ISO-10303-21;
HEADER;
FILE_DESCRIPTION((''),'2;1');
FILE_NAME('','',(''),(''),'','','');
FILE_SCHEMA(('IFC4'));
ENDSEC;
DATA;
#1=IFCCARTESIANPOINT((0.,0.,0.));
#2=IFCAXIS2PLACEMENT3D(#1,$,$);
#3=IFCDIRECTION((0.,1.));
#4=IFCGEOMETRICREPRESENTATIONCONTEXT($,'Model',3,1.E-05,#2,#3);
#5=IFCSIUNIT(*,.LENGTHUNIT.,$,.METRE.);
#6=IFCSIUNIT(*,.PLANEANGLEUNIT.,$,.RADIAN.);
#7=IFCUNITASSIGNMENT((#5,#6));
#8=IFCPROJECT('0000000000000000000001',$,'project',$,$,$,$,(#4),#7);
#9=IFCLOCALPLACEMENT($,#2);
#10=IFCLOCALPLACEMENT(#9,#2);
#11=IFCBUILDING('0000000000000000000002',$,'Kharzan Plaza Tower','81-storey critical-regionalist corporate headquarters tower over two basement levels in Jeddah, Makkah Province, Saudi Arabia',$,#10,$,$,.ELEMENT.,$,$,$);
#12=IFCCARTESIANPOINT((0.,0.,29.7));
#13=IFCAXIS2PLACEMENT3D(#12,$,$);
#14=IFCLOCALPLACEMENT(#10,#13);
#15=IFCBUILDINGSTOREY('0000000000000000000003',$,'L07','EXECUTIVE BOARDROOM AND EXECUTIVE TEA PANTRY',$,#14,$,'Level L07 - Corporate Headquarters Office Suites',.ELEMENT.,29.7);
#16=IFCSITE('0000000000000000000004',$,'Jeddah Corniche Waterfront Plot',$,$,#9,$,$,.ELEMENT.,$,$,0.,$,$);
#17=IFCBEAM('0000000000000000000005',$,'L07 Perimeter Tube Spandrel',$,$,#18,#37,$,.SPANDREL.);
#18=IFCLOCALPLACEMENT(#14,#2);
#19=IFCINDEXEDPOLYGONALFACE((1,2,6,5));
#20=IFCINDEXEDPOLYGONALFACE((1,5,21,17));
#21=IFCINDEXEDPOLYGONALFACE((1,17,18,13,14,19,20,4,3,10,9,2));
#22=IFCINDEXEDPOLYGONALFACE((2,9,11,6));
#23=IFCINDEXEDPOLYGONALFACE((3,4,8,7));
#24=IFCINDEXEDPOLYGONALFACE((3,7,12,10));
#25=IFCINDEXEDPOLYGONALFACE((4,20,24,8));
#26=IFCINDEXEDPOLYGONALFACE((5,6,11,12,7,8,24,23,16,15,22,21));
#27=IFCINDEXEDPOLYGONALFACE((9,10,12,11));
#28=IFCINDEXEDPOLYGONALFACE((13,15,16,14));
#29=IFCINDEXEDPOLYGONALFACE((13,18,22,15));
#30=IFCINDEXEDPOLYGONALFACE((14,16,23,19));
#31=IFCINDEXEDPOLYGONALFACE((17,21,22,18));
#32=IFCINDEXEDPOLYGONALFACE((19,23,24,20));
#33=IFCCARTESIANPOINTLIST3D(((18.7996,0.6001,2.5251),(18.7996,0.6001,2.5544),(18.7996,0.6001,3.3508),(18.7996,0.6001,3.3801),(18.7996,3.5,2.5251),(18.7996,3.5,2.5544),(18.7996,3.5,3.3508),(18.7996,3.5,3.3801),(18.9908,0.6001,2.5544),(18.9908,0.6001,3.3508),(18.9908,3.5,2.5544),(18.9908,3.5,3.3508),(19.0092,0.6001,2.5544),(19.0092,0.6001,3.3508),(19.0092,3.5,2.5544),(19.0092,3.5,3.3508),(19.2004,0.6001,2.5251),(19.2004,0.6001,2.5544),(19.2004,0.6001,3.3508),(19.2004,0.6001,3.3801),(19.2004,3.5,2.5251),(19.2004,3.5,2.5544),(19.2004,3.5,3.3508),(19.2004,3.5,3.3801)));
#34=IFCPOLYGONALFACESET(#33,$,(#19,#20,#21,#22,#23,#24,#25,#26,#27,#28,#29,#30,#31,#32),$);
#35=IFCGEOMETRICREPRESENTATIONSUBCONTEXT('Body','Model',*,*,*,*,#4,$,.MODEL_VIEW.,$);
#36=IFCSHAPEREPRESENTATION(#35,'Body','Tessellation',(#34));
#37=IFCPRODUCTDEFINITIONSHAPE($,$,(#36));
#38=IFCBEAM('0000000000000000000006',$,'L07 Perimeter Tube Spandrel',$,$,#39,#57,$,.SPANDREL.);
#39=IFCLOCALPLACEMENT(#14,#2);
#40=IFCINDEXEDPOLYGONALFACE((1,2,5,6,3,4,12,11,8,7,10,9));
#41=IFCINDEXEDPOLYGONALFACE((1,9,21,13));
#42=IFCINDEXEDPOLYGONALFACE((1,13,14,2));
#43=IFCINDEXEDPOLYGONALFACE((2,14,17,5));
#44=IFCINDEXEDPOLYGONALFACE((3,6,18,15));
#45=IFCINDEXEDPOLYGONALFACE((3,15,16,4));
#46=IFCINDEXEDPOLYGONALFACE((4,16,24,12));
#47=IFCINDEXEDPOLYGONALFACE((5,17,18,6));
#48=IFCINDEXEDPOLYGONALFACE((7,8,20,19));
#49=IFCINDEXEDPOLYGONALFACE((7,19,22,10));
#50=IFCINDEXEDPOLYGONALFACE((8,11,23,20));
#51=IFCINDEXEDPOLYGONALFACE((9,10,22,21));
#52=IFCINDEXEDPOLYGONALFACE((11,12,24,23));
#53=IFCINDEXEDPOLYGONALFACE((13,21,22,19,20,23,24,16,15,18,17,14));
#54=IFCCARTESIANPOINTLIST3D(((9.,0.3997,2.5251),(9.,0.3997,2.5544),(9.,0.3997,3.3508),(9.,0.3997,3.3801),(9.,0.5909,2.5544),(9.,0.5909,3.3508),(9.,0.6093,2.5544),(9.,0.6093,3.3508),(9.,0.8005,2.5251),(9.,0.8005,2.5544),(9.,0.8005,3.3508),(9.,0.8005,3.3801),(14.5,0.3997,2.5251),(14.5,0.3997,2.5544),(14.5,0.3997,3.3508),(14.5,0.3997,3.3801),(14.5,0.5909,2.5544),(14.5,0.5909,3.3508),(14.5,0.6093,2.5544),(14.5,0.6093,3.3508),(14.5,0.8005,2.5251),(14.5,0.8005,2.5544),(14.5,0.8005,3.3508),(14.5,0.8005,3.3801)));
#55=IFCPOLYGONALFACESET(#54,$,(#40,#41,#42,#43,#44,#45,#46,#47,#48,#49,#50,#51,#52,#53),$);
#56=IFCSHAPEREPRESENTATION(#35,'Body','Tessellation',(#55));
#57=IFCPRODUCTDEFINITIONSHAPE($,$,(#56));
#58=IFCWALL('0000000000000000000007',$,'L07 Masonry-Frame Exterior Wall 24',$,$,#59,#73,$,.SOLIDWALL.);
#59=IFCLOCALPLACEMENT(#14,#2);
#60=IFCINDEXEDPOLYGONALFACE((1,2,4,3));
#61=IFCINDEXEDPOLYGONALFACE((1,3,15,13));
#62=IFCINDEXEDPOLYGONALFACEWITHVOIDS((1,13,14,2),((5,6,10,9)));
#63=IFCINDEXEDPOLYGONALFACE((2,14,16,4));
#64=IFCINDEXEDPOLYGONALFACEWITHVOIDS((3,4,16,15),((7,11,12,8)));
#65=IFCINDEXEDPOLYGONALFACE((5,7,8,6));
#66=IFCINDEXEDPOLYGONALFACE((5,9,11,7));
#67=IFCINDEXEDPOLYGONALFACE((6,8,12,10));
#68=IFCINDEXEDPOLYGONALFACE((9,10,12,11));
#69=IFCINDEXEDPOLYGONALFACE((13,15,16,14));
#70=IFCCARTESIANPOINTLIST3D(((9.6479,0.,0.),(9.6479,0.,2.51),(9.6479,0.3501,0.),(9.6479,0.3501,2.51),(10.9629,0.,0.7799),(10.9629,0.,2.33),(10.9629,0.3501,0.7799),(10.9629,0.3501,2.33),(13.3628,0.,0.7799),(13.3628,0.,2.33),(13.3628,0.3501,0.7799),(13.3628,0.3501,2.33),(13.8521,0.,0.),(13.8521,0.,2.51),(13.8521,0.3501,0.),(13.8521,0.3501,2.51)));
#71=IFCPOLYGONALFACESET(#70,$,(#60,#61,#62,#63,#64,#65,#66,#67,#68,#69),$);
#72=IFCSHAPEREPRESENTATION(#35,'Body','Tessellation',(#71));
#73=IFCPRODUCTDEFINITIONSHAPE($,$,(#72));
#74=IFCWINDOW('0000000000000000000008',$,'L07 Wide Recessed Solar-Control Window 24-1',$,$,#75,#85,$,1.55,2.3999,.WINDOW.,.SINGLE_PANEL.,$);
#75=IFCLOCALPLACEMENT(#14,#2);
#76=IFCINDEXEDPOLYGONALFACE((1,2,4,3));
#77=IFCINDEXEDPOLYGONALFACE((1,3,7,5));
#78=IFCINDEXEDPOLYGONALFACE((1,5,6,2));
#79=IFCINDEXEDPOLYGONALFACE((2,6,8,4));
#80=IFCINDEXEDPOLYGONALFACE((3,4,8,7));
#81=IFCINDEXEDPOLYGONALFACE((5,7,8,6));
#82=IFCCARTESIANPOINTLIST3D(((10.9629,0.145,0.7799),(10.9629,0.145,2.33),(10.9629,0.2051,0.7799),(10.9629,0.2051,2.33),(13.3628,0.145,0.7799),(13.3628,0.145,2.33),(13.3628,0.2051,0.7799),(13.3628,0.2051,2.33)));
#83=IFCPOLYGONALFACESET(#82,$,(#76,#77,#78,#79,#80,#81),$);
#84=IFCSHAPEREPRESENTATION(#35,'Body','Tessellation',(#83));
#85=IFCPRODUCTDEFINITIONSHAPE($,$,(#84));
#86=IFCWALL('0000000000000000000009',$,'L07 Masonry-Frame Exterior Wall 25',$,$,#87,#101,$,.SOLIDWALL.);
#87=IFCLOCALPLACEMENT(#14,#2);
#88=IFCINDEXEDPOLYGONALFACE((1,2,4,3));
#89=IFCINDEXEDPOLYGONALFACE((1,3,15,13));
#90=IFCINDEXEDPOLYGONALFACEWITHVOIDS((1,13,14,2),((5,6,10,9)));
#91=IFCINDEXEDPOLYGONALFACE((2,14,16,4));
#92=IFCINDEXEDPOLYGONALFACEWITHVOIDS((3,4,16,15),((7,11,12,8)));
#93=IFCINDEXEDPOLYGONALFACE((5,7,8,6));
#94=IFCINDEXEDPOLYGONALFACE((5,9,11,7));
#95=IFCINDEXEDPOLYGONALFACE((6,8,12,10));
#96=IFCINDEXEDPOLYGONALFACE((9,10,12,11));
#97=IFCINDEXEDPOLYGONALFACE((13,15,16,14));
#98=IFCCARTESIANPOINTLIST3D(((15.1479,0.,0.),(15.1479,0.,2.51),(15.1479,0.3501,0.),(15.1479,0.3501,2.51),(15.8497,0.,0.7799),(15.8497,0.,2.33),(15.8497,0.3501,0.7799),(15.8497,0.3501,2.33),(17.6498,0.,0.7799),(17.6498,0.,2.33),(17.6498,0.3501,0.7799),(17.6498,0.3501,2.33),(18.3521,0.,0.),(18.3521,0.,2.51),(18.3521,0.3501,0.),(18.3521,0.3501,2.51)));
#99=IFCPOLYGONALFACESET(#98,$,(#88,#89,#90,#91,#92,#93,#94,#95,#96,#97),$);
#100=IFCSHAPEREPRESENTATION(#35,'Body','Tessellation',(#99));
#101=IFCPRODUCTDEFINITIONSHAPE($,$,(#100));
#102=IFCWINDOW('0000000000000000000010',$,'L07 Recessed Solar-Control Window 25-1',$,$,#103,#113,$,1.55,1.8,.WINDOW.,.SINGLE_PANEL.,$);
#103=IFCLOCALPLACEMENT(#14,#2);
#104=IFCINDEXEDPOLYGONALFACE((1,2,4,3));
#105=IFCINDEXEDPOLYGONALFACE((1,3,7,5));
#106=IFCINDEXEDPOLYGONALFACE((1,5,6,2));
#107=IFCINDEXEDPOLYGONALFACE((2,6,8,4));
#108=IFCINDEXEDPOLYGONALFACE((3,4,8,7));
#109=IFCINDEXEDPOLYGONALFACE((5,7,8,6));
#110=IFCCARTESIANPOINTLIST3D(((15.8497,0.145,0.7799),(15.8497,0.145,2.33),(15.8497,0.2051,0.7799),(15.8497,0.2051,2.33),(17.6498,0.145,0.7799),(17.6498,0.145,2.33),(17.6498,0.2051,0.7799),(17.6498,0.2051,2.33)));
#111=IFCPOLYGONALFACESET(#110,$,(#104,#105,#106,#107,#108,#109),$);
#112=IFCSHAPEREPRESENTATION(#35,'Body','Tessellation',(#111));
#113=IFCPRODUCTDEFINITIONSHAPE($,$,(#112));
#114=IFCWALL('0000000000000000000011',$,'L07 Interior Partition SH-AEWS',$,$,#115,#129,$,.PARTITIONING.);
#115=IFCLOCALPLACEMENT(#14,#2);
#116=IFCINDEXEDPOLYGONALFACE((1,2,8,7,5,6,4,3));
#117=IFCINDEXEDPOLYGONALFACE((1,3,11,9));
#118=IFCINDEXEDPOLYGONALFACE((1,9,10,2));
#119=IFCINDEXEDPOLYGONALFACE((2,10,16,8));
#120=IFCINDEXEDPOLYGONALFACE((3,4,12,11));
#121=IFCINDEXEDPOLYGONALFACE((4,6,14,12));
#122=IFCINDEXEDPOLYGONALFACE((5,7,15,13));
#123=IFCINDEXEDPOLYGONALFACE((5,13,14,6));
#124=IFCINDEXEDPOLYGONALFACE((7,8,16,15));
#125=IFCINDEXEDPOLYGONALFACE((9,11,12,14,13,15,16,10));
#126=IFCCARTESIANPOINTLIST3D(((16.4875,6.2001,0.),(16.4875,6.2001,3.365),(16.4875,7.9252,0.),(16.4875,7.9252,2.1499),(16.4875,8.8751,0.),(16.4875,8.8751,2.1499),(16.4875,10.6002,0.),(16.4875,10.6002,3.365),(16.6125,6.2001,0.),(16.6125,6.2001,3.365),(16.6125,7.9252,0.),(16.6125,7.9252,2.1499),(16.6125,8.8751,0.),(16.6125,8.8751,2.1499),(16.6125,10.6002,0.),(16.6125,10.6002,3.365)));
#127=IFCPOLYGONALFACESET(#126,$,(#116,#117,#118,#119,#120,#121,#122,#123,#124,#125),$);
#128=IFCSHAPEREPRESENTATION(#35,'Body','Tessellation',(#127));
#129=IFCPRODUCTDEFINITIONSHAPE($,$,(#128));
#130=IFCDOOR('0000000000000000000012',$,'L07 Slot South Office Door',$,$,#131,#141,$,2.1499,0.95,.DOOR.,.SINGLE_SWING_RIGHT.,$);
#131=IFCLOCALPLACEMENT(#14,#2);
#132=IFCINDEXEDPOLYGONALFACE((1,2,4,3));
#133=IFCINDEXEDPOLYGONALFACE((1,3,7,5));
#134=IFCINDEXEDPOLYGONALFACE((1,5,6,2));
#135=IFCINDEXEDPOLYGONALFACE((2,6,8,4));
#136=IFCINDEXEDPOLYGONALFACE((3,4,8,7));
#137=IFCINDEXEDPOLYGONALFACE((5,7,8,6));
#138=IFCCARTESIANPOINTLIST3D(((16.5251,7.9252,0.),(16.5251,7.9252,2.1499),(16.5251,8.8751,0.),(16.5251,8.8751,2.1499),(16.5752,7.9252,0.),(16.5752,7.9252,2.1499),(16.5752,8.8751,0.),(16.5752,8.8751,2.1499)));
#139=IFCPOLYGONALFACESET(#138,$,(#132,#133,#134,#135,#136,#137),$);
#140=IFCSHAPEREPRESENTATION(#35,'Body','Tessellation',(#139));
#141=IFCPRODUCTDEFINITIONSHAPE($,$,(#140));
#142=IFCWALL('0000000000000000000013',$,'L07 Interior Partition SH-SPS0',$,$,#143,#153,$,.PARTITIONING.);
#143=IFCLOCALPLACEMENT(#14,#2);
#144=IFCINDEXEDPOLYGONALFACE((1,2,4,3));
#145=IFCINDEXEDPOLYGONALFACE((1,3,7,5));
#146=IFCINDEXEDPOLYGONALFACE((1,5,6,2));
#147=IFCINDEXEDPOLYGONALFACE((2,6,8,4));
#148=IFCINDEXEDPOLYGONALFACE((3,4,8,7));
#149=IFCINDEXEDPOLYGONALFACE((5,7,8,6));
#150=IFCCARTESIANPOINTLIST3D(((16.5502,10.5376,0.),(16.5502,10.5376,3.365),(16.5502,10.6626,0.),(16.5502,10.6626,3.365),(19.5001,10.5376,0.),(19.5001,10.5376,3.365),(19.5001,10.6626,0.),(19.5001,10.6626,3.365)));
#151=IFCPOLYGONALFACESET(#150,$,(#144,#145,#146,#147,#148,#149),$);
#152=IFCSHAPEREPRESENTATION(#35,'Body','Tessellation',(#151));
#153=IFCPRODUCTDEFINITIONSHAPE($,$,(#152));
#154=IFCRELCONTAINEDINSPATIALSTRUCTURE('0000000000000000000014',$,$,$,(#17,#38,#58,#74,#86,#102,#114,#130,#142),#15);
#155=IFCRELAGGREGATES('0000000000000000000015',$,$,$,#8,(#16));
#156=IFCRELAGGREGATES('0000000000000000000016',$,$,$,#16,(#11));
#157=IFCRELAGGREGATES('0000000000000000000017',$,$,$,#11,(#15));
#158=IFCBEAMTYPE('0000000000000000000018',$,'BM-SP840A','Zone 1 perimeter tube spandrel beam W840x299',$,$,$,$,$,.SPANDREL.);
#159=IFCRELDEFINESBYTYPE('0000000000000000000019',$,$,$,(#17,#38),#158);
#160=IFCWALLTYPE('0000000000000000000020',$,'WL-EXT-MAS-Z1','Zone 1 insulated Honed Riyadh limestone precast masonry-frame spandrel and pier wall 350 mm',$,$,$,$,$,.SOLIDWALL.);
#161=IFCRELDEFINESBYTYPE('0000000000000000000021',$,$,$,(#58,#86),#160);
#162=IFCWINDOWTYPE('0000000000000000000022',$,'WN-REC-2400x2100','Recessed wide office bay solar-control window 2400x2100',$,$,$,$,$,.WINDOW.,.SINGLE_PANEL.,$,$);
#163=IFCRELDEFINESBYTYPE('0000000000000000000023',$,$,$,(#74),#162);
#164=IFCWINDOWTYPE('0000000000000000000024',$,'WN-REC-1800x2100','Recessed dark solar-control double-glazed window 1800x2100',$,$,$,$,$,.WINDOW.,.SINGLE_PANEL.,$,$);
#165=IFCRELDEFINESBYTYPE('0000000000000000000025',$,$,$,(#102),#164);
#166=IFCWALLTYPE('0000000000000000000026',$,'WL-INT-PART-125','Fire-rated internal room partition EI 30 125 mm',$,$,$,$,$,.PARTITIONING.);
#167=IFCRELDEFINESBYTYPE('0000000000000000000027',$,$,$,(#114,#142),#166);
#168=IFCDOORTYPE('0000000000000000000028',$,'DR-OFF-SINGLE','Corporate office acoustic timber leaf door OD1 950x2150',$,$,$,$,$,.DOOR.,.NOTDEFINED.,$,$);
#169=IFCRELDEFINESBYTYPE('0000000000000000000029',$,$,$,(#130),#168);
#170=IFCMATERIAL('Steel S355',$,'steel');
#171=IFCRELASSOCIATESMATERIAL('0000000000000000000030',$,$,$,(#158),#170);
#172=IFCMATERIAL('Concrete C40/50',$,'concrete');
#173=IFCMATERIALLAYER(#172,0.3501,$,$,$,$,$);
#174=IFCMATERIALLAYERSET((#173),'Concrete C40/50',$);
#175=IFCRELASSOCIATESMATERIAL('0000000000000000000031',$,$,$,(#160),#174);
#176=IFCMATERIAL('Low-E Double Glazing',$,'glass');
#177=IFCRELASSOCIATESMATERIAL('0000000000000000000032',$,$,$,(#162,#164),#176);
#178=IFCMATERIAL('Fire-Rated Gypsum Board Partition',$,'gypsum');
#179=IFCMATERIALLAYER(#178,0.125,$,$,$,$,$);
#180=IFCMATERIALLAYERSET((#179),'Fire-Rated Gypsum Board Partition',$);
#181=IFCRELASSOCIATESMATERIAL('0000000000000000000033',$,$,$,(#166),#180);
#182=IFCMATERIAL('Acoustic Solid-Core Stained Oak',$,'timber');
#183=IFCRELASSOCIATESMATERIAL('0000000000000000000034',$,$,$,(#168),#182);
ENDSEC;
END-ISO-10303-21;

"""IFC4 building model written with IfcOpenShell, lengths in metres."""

from ifc_helpers import new_model, si_unit, direction, frame, frame_2d, origin, origin_2d, place, context, subcontext, project, spatial, rectangle, i_section, extrude, source, transform, mapped, material, layer, layer_set, material_profile, profile_set, type_object, element, fill, save


model = new_model("IFC4")

# Units and contexts
model_context = context("Model", 3, precision=1e-05, world=origin(), true_north=direction((0.0, 1.0)))
body_context = subcontext(model_context, "Body", "Model", "MODEL_VIEW")
ifc_project = project(units=[si_unit("LENGTHUNIT", "METRE"), si_unit("PLANEANGLEUNIT", "RADIAN")], contexts=[model_context])

# Site, building, storey
site_placement = place(None, origin())
site = spatial("IfcSite", under=ifc_project, at=site_placement, Name="Jeddah Corniche Waterfront Plot", CompositionType="ELEMENT", RefElevation=0.0)
building_placement = place(site_placement, origin())
building = spatial("IfcBuilding", under=site, at=building_placement, Name="Kharzan Plaza Tower", Description="81-storey critical-regionalist corporate headquarters tower over two basement levels in Jeddah, Makkah Province, Saudi Arabia", CompositionType="ELEMENT")
storey_placement = place(building_placement, frame((0.0, 0.0, 29.7)))
storey = spatial("IfcBuildingStorey", under=building, at=storey_placement, Name="L07", Description="EXECUTIVE BOARDROOM AND EXECUTIVE TEA PANTRY", LongName="Level L07 - Corporate Headquarters Office Suites", CompositionType="ELEMENT", Elevation=29.7)

# Beams
ifc_material_1 = material(Name="Steel S355", Category="steel")
ifc_material_profile_1 = material_profile(ifc_material_1, i_section(OverallWidth=0.4009, OverallDepth=0.855, WebThickness=0.0183, FlangeThickness=0.0293, at=origin_2d()), Name="W840x299")
ifc_profile_set_1 = profile_set([ifc_material_profile_1], Name="Steel S355")
beam_type_1 = type_object("IfcBeamType", Name="BM-SP840A", Description="Zone 1 perimeter tube spandrel beam W840x299", PredefinedType="SPANDREL", material=ifc_profile_set_1)
shared_shape_1 = source(origin(), body_context, "Body", "SweptSolid", [
    extrude(i_section(OverallWidth=0.4009, OverallDepth=0.855, WebThickness=0.0183, FlangeThickness=0.0293, at=origin_2d()), origin(), (0.0, 0.0, 1.0), 2.8999),
])
beam_1_placement = place(storey_placement, frame((19.0, 0.6001, 2.9526), z_axis=(0.0, 1.0, 0.0), x_axis=(-1.0, 0.0, 0.0)))
element("IfcBeam", 1, at=beam_1_placement, inside=storey, type_object=beam_type_1, Name="L07 Perimeter Tube Spandrel", PredefinedType="SPANDREL", context=body_context, shape_type="MappedRepresentation", body=[
    mapped(shared_shape_1, transform((0.0, 0.0, 0.0), x_axis=(1.0, 0.0, 0.0), y_axis=(0.0, 1.0, 0.0), z_axis=(0.0, 0.0, 1.0))),
])
shared_shape_2 = source(origin(), body_context, "Body", "SweptSolid", [
    extrude(i_section(OverallWidth=0.4009, OverallDepth=0.855, WebThickness=0.0183, FlangeThickness=0.0293, at=origin_2d()), origin(), (0.0, 0.0, 1.0), 5.5),
])
beam_2_placement = place(storey_placement, frame((9.0, 0.6001, 2.9526), z_axis=(1.0, 0.0, 0.0), x_axis=(0.0, 1.0, 0.0)))
element("IfcBeam", 2, at=beam_2_placement, inside=storey, type_object=beam_type_1, Name="L07 Perimeter Tube Spandrel", PredefinedType="SPANDREL", context=body_context, shape_type="MappedRepresentation", body=[
    mapped(shared_shape_2, transform((0.0, 0.0, 0.0), x_axis=(1.0, 0.0, 0.0), y_axis=(0.0, 1.0, 0.0), z_axis=(0.0, 0.0, 1.0))),
])

# Walls, openings, windows
ifc_material_2 = material(Name="Concrete C40/50", Category="concrete")
ifc_layer_1 = layer(ifc_material_2, 0.3501)
ifc_layer_set_1 = layer_set([ifc_layer_1], Name="Concrete C40/50")
wall_type_1 = type_object("IfcWallType", Name="WL-EXT-MAS-Z1", Description="Zone 1 insulated Honed Riyadh limestone precast masonry-frame spandrel and pier wall 350 mm", PredefinedType="SOLIDWALL", material=ifc_layer_set_1)
wall_1_placement = place(storey_placement, frame((9.6479, 0.175, 0.0), z_axis=(0.0, 0.0, 1.0), x_axis=(1.0, 0.0, 0.0)))
wall_1 = element("IfcWall", 3, at=wall_1_placement, inside=storey, type_object=wall_type_1, Name="L07 Masonry-Frame Exterior Wall 24", PredefinedType="SOLIDWALL", context=body_context, shape_type="SweptSolid", body=[
    extrude(rectangle(XDim=4.2041, YDim=0.3501, at=frame_2d((2.1021, 0.0))), origin(), (0.0, 0.0, 1.0), 2.51),
])
opening_1_placement = place(wall_1_placement, frame((1.3149, 0.0, 0.78)))
opening_1 = element("IfcOpeningElement", 4, at=opening_1_placement, cuts=wall_1, PredefinedType="OPENING", context=body_context, shape_type="SweptSolid", body=[
    extrude(rectangle(XDim=2.3999, YDim=1.55, at=frame_2d((1.2, 0.7749))), frame((0.0, 0.1851, 0.0), z_axis=(0.0, -1.0, 0.0), x_axis=(1.0, 0.0, 0.0)), (0.0, 0.0, 1.0), 0.3701),
])
ifc_material_3 = material(Name="Low-E Double Glazing", Category="glass")
window_type_1 = type_object("IfcWindowType", Name="WN-REC-2400x2100", Description="Recessed wide office bay solar-control window 2400x2100", PartitioningType="SINGLE_PANEL", PredefinedType="WINDOW", material=ifc_material_3)
shared_shape_3 = source(origin(), body_context, "Body", "SweptSolid", [
    extrude(rectangle(XDim=2.3999, YDim=1.55, at=frame_2d((1.2, 0.7749))), frame((0.0, 0.03, 0.0), z_axis=(0.0, -1.0, 0.0), x_axis=(1.0, 0.0, 0.0)), (0.0, 0.0, 1.0), 0.0601),
])
window_1_placement = place(opening_1_placement, origin())
window_1 = element("IfcWindow", 5, at=window_1_placement, inside=storey, type_object=window_type_1, Name="L07 Wide Recessed Solar-Control Window 24-1", OverallHeight=1.55, OverallWidth=2.3999, PartitioningType="SINGLE_PANEL", PredefinedType="WINDOW", context=body_context, shape_type="MappedRepresentation", body=[
    mapped(shared_shape_3, transform((0.0, 0.0, 0.0), x_axis=(1.0, 0.0, 0.0), y_axis=(0.0, 1.0, 0.0), z_axis=(0.0, 0.0, 1.0))),
])
fill(opening_1, window_1)
wall_2_placement = place(storey_placement, frame((15.1479, 0.175, 0.0), z_axis=(0.0, 0.0, 1.0), x_axis=(1.0, 0.0, 0.0)))
wall_2 = element("IfcWall", 6, at=wall_2_placement, inside=storey, type_object=wall_type_1, Name="L07 Masonry-Frame Exterior Wall 25", PredefinedType="SOLIDWALL", context=body_context, shape_type="SweptSolid", body=[
    extrude(rectangle(XDim=3.2041, YDim=0.3501, at=frame_2d((1.6021, 0.0))), origin(), (0.0, 0.0, 1.0), 2.51),
])
opening_2_placement = place(wall_2_placement, frame((0.7019, 0.0, 0.78)))
opening_2 = element("IfcOpeningElement", 7, at=opening_2_placement, cuts=wall_2, PredefinedType="OPENING", context=body_context, shape_type="SweptSolid", body=[
    extrude(rectangle(XDim=1.8, YDim=1.55, at=frame_2d((0.8999, 0.7749))), frame((0.0, 0.1851, 0.0), z_axis=(0.0, -1.0, 0.0), x_axis=(1.0, 0.0, 0.0)), (0.0, 0.0, 1.0), 0.3701),
])
window_type_2 = type_object("IfcWindowType", Name="WN-REC-1800x2100", Description="Recessed dark solar-control double-glazed window 1800x2100", PartitioningType="SINGLE_PANEL", PredefinedType="WINDOW", material=ifc_material_3)
shared_shape_4 = source(origin(), body_context, "Body", "SweptSolid", [
    extrude(rectangle(XDim=1.8, YDim=1.55, at=frame_2d((0.8999, 0.7749))), frame((0.0, 0.03, 0.0), z_axis=(0.0, -1.0, 0.0), x_axis=(1.0, 0.0, 0.0)), (0.0, 0.0, 1.0), 0.0601),
])
window_2_placement = place(opening_2_placement, origin())
window_2 = element("IfcWindow", 8, at=window_2_placement, inside=storey, type_object=window_type_2, Name="L07 Recessed Solar-Control Window 25-1", OverallHeight=1.55, OverallWidth=1.8, PartitioningType="SINGLE_PANEL", PredefinedType="WINDOW", context=body_context, shape_type="MappedRepresentation", body=[
    mapped(shared_shape_4, transform((0.0, 0.0, 0.0), x_axis=(1.0, 0.0, 0.0), y_axis=(0.0, 1.0, 0.0), z_axis=(0.0, 0.0, 1.0))),
])
fill(opening_2, window_2)

# Wall, opening, door
ifc_material_4 = material(Name="Fire-Rated Gypsum Board Partition", Category="gypsum")
ifc_layer_2 = layer(ifc_material_4, 0.125)
ifc_layer_set_2 = layer_set([ifc_layer_2], Name="Fire-Rated Gypsum Board Partition")
wall_type_2 = type_object("IfcWallType", Name="WL-INT-PART-125", Description="Fire-rated internal room partition EI 30 125 mm", PredefinedType="PARTITIONING", material=ifc_layer_set_2)
wall_3_placement = place(storey_placement, frame((16.55, 6.2, 0.0), z_axis=(0.0, 0.0, 1.0), x_axis=(0.0, 1.0, 0.0)))
wall_3 = element("IfcWall", 9, at=wall_3_placement, inside=storey, type_object=wall_type_2, Name="L07 Interior Partition SH-AEWS", PredefinedType="PARTITIONING", context=body_context, shape_type="SweptSolid", body=[
    extrude(rectangle(XDim=4.4001, YDim=0.125, at=frame_2d((2.2002, 0.0))), origin(), (0.0, 0.0, 1.0), 3.365),
])
opening_3_placement = place(wall_3_placement, frame((1.7251, 0.0, 0.0)))
opening_3 = element("IfcOpeningElement", 10, at=opening_3_placement, cuts=wall_3, PredefinedType="OPENING", context=body_context, shape_type="SweptSolid", body=[
    extrude(rectangle(XDim=0.95, YDim=2.1499, at=frame_2d((0.4751, 1.075))), frame((0.0, 0.0725, 0.0), z_axis=(0.0, -1.0, 0.0), x_axis=(1.0, 0.0, 0.0)), (0.0, 0.0, 1.0), 0.145),
])
ifc_material_5 = material(Name="Acoustic Solid-Core Stained Oak", Category="timber")
door_type = type_object("IfcDoorType", Name="DR-OFF-SINGLE", Description="Corporate office acoustic timber leaf door OD1 950x2150", OperationType="NOTDEFINED", PredefinedType="DOOR", material=ifc_material_5)
shared_shape_5 = source(origin(), body_context, "Body", "SweptSolid", [
    extrude(rectangle(XDim=0.95, YDim=2.1499, at=frame_2d((0.4751, 1.075))), frame((0.0, 0.0249, 0.0), z_axis=(0.0, -1.0, 0.0), x_axis=(1.0, 0.0, 0.0)), (0.0, 0.0, 1.0), 0.05),
])
door_1_placement = place(opening_3_placement, origin())
door_1 = element("IfcDoor", 11, at=door_1_placement, inside=storey, type_object=door_type, Name="L07 Slot South Office Door", OperationType="SINGLE_SWING_RIGHT", OverallHeight=2.1499, OverallWidth=0.95, PredefinedType="DOOR", context=body_context, shape_type="MappedRepresentation", body=[
    mapped(shared_shape_5, transform((0.0, 0.0, 0.0), x_axis=(1.0, 0.0, 0.0), y_axis=(0.0, 1.0, 0.0), z_axis=(0.0, 0.0, 1.0))),
])
fill(opening_3, door_1)

# Wall
shared_shape_6 = source(origin(), body_context, "Body", "SweptSolid", [
    extrude(rectangle(XDim=2.95, YDim=0.125, at=frame_2d((1.4751, 0.0))), origin(), (0.0, 0.0, 1.0), 3.365),
])
wall_4_placement = place(storey_placement, frame((16.55, 10.6001, 0.0), z_axis=(0.0, 0.0, 1.0), x_axis=(1.0, 0.0, 0.0)))
element("IfcWall", 12, at=wall_4_placement, inside=storey, type_object=wall_type_2, Name="L07 Interior Partition SH-SPS0", PredefinedType="PARTITIONING", context=body_context, shape_type="MappedRepresentation", body=[
    mapped(shared_shape_6, transform((0.0, 0.0, 0.0), x_axis=(1.0, 0.0, 0.0), y_axis=(0.0, 1.0, 0.0), z_axis=(0.0, 0.0, 1.0))),
])

save(model, "model.ifc")
